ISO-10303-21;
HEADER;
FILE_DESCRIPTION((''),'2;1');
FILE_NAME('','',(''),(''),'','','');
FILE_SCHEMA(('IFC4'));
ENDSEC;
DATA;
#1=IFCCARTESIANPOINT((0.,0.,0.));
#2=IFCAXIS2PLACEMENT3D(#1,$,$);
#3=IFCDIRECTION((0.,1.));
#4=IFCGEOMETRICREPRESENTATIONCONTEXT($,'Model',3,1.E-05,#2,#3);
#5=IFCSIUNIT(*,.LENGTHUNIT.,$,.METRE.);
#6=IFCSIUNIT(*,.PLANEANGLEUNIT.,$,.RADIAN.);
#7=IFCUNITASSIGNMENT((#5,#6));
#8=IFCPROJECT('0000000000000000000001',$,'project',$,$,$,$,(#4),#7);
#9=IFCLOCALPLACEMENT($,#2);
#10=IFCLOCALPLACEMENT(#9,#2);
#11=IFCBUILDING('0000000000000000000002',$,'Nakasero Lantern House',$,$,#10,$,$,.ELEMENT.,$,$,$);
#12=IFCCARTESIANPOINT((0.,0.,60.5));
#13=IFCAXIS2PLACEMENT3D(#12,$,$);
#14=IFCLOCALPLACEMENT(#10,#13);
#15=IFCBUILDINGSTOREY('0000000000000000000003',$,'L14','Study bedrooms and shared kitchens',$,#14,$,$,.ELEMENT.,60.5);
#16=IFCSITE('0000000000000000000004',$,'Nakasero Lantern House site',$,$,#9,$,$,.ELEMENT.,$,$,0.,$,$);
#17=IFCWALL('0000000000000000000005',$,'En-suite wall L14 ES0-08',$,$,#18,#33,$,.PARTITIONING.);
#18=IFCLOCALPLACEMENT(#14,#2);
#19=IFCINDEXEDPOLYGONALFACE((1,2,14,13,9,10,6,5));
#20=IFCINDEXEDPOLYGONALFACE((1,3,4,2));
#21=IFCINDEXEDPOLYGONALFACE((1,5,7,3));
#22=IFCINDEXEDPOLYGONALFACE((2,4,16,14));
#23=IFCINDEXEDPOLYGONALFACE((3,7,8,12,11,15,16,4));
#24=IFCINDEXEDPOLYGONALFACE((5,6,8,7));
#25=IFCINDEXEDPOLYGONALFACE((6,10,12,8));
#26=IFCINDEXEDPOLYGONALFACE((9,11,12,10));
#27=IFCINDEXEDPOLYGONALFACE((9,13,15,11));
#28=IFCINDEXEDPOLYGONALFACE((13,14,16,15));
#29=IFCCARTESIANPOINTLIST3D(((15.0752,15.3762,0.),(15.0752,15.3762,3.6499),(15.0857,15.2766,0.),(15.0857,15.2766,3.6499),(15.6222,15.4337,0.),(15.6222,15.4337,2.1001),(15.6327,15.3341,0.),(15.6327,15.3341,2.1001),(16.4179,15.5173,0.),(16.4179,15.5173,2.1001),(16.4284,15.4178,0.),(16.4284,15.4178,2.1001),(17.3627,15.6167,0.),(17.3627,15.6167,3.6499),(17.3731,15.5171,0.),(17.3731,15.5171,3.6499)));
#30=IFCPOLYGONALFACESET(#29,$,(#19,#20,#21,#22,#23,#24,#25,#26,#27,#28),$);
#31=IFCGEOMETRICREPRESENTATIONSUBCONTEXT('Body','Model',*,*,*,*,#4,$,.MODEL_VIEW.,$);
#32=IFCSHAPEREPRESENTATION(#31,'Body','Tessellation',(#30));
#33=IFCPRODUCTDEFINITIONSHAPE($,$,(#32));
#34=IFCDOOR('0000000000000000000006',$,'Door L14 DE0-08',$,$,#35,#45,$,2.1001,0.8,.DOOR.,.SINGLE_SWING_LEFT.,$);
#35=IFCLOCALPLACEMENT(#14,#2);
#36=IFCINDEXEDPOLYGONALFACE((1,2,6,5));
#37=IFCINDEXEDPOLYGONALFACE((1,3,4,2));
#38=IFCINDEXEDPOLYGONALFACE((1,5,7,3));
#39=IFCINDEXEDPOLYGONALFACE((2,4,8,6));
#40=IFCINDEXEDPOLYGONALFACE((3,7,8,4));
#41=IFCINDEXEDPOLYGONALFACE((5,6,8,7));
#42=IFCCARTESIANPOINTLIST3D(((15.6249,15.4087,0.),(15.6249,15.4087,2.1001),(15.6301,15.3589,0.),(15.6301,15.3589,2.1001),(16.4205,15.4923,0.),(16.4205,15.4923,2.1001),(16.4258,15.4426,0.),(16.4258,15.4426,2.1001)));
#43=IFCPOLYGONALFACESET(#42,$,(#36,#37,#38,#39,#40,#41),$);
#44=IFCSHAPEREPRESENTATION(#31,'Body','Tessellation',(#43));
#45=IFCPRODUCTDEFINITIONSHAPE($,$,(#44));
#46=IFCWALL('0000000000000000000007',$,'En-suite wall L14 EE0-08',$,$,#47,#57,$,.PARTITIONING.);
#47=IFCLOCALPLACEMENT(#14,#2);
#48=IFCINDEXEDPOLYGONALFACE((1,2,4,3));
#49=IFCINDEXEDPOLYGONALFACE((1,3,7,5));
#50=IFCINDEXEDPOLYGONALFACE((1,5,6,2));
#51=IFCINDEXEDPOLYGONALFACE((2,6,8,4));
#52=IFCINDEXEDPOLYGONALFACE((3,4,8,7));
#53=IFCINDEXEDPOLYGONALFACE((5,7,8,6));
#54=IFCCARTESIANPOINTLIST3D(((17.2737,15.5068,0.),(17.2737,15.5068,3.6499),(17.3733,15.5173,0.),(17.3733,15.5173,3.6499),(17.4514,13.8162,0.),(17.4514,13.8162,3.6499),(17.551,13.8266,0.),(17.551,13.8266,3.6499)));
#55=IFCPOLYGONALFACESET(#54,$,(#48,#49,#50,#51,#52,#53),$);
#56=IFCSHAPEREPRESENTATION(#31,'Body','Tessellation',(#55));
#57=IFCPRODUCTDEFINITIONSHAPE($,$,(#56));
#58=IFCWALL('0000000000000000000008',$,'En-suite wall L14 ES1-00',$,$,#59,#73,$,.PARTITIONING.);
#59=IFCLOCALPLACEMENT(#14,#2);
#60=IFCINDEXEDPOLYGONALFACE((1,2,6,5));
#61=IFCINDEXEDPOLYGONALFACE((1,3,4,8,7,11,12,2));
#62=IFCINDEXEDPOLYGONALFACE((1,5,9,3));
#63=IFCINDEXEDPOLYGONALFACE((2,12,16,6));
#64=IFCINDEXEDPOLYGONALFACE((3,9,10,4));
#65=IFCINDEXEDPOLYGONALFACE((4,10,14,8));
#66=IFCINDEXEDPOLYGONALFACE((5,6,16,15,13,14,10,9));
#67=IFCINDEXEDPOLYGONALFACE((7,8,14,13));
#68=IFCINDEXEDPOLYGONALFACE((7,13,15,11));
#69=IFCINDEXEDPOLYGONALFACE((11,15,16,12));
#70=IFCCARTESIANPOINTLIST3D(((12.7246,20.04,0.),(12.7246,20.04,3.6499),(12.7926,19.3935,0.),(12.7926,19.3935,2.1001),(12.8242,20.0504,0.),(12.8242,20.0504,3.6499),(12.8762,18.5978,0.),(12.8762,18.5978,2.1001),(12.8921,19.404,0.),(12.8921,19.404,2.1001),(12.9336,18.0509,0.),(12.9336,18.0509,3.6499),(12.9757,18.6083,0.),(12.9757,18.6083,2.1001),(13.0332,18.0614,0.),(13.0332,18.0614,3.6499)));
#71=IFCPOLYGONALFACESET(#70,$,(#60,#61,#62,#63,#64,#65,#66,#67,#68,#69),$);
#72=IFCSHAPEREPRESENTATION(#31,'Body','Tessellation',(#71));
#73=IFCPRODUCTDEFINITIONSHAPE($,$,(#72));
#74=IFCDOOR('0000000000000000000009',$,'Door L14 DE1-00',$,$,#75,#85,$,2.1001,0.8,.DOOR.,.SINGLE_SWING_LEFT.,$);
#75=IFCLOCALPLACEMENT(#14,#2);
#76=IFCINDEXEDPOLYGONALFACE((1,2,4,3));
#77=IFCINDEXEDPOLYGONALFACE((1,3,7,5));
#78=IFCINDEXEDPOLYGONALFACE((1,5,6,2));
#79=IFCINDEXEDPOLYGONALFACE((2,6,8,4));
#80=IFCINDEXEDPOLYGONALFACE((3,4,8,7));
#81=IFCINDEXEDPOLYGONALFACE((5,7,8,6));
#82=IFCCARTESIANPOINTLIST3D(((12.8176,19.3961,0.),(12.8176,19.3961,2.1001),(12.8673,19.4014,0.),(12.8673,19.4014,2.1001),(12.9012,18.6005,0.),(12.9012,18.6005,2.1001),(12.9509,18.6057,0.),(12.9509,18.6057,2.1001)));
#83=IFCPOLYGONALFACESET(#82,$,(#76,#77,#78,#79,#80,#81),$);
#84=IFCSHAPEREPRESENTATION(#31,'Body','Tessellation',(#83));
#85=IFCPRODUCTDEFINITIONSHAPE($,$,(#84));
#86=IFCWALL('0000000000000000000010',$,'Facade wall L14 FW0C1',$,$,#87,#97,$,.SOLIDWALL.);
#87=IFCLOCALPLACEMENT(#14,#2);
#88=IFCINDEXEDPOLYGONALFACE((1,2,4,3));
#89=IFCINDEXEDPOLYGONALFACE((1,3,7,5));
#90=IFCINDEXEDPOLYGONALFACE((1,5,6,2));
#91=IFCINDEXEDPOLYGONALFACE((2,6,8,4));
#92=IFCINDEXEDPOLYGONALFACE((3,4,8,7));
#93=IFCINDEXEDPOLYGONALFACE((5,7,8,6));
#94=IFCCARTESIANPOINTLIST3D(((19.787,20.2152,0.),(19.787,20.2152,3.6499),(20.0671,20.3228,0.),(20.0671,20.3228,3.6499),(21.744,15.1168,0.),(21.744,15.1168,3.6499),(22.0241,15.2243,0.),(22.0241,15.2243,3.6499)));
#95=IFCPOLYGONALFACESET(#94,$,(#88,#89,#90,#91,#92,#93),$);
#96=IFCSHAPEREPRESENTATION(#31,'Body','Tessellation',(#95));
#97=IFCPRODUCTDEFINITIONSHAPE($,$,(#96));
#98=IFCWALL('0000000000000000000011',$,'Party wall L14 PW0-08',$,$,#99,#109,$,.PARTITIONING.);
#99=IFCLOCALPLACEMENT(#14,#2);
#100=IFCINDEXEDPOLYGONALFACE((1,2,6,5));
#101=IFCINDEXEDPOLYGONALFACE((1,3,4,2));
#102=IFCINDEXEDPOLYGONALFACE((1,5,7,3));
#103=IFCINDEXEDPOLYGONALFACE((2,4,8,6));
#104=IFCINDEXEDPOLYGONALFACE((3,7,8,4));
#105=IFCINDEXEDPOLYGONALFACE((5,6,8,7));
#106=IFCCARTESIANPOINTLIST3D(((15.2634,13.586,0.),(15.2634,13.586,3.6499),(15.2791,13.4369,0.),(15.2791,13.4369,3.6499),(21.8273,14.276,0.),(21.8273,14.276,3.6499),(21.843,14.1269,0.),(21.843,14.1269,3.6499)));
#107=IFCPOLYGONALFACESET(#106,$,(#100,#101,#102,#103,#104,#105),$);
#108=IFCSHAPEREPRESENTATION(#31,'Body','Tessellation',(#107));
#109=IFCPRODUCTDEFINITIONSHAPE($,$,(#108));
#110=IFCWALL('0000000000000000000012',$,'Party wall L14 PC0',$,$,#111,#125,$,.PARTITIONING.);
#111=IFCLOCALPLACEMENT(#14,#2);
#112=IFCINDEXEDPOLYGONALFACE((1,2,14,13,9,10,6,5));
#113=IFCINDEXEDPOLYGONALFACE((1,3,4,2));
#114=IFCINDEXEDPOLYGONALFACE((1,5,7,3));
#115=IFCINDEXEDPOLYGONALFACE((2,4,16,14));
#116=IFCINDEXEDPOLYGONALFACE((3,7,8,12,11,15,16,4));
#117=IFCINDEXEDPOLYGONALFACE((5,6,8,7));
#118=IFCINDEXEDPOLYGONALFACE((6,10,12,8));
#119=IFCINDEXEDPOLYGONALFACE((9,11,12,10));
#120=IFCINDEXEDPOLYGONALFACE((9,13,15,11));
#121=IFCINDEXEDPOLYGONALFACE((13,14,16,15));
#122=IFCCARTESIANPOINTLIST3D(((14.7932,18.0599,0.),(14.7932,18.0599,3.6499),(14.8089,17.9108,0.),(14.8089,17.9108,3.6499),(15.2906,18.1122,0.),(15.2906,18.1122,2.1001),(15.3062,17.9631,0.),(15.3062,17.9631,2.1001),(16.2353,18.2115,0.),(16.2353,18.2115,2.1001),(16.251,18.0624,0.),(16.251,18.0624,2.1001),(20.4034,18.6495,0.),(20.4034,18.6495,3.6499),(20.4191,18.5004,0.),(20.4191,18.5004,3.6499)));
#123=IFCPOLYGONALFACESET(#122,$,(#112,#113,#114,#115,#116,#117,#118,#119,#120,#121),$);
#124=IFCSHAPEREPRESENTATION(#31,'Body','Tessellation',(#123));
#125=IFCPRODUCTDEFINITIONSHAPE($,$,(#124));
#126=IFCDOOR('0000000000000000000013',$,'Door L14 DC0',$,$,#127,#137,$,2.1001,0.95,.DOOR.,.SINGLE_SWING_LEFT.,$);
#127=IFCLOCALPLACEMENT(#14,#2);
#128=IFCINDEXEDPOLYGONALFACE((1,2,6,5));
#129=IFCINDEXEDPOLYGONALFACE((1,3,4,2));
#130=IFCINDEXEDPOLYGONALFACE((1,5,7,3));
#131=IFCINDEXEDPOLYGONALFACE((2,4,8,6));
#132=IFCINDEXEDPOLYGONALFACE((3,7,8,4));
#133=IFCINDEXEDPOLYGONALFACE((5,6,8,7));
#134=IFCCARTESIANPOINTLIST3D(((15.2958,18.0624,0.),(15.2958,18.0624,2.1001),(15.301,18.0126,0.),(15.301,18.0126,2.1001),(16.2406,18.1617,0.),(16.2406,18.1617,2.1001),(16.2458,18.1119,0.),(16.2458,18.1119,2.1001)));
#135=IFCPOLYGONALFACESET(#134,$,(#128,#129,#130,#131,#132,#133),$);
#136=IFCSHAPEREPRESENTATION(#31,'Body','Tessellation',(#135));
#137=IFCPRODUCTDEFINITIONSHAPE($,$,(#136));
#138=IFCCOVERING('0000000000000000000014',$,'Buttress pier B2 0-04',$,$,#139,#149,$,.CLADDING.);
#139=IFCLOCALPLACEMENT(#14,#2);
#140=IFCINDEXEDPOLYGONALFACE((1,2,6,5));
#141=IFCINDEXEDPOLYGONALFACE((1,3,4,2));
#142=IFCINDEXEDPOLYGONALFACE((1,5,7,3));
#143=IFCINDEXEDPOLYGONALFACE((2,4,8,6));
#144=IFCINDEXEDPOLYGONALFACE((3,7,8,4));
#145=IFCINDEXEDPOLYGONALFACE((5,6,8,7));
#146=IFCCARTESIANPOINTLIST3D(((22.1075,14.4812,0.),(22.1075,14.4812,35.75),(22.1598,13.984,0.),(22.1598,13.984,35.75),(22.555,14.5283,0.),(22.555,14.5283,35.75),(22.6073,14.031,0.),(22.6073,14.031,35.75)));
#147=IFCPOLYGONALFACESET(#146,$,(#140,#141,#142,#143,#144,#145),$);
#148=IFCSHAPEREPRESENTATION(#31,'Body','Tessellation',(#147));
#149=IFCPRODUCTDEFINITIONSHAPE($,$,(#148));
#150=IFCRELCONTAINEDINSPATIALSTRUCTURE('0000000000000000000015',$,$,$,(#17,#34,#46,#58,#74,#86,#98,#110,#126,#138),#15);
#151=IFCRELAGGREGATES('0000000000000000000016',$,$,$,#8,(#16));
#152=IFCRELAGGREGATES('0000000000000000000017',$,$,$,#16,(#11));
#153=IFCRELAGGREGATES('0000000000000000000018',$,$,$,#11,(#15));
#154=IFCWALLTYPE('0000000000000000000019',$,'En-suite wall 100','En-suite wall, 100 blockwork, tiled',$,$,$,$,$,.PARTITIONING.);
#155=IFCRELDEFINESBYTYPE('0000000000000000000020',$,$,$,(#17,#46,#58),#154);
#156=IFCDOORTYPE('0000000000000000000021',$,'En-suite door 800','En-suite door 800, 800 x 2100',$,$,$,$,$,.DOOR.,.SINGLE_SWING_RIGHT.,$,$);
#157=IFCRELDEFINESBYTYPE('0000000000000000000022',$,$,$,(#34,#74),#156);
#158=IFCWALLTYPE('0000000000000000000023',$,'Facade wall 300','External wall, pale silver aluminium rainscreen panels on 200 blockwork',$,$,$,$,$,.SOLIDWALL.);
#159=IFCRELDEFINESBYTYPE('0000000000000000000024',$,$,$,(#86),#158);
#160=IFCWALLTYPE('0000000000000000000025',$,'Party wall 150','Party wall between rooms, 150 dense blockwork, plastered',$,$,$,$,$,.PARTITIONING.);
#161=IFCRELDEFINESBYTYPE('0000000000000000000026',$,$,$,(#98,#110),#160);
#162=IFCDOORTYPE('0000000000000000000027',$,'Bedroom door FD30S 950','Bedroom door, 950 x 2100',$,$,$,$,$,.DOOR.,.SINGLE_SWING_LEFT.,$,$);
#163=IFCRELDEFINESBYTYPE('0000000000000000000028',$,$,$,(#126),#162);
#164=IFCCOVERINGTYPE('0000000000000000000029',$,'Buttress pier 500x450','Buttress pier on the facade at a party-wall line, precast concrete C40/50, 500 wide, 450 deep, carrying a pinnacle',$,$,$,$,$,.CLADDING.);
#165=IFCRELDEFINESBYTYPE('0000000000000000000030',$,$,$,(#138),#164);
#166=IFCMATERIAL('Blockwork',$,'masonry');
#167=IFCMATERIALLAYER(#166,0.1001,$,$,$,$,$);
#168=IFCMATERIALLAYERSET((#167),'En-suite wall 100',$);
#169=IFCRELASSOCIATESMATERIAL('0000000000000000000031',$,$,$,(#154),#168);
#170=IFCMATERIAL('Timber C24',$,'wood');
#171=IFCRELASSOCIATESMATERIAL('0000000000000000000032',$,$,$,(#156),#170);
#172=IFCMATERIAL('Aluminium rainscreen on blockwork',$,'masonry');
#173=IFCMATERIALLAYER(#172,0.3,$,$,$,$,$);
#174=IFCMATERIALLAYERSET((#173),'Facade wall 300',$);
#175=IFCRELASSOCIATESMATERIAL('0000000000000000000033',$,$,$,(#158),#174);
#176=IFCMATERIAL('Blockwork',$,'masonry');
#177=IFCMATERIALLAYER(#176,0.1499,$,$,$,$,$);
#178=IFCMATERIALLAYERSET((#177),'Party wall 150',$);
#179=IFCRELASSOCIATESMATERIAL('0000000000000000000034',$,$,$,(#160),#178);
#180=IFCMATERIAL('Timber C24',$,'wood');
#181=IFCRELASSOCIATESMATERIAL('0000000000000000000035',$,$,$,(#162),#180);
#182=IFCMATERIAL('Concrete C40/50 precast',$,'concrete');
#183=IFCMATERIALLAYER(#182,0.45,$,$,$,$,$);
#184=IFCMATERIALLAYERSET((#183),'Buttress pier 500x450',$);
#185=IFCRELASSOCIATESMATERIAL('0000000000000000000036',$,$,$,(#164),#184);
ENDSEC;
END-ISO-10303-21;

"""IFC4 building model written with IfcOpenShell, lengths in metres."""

from ifc_helpers import new_model, si_unit, direction, frame, frame_2d, origin, origin_2d, place, context, subcontext, project, spatial, rectangle, extrude, material, layer, layer_set, type_object, element, fill, save


model = new_model("IFC4")

# Units and contexts
model_context = context("Model", 3, precision=1e-05, world=origin(), true_north=direction((0.0, 1.0)))
body_context = subcontext(model_context, "Body", "Model", "MODEL_VIEW")
ifc_project = project(units=[si_unit("LENGTHUNIT", "METRE"), si_unit("PLANEANGLEUNIT", "RADIAN")], contexts=[model_context])

# Site, building, storey
site_placement = place(None, origin())
site = spatial("IfcSite", under=ifc_project, at=site_placement, Name="Nakasero Lantern House site", CompositionType="ELEMENT", RefElevation=0.0)
building_placement = place(site_placement, origin())
building = spatial("IfcBuilding", under=site, at=building_placement, Name="Nakasero Lantern House", CompositionType="ELEMENT")
storey_placement = place(building_placement, frame((0.0, 0.0, 60.5)))
storey = spatial("IfcBuildingStorey", under=building, at=storey_placement, Name="L14", Description="Study bedrooms and shared kitchens", CompositionType="ELEMENT", Elevation=60.5)

# Wall, opening, door
ifc_material_1 = material(Name="Blockwork", Category="masonry")
ifc_layer_1 = layer(ifc_material_1, 0.1001)
ifc_layer_set_1 = layer_set([ifc_layer_1], Name="En-suite wall 100")
wall_type_1 = type_object("IfcWallType", Name="En-suite wall 100", Description="En-suite wall, 100 blockwork, tiled", PredefinedType="PARTITIONING", material=ifc_layer_set_1)
wall_1_placement = place(storey_placement, frame((15.0806, 15.3264, 0.0), z_axis=(0.0, 0.0, 1.0), x_axis=(0.994519, 0.104558, 0.0)))
wall_1 = element("IfcWall", 1, at=wall_1_placement, inside=storey, type_object=wall_type_1, Name="En-suite wall L14 ES0-08", PredefinedType="PARTITIONING", context=body_context, shape_type="SweptSolid", body=[
    extrude(rectangle(XDim=2.3, YDim=0.1001, at=frame_2d((1.1499, 0.0))), origin(), (0.0, 0.0, 1.0), 3.6499),
])
opening_1_placement = place(wall_1_placement, frame((0.55, 0.0, 0.0)))
opening_1 = element("IfcOpeningElement", 2, at=opening_1_placement, cuts=wall_1, PredefinedType="OPENING", context=body_context, shape_type="SweptSolid", body=[
    extrude(rectangle(XDim=0.8, YDim=2.1001, at=frame_2d((0.3999, 1.05))), frame((0.0, 0.0701, 0.0), z_axis=(0.0, -1.0, 0.0), x_axis=(1.0, 0.0, 0.0)), (0.0, 0.0, 1.0), 0.1401),
])
ifc_material_2 = material(Name="Timber C24", Category="wood")
door_type_1 = type_object("IfcDoorType", Name="En-suite door 800", Description="En-suite door 800, 800 x 2100", OperationType="SINGLE_SWING_RIGHT", PredefinedType="DOOR", material=ifc_material_2)
door_1_placement = place(opening_1_placement, origin())
door_1 = element("IfcDoor", 3, at=door_1_placement, inside=storey, type_object=door_type_1, Name="Door L14 DE0-08", OperationType="SINGLE_SWING_LEFT", OverallHeight=2.1001, OverallWidth=0.8, PredefinedType="DOOR", context=body_context, shape_type="SweptSolid", body=[
    extrude(rectangle(XDim=0.8, YDim=2.1001, at=frame_2d((0.3999, 1.05))), frame((0.0, 0.0249, 0.0), z_axis=(0.0, -1.0, 0.0), x_axis=(1.0, 0.0, 0.0)), (0.0, 0.0, 1.0), 0.05),
])
fill(opening_1, door_1)

# Wall
wall_2_placement = place(storey_placement, frame((17.5012, 13.8213, 0.0), z_axis=(0.0, 0.0, 1.0), x_axis=(-0.10455, 0.99452, 0.0)))
element("IfcWall", 4, at=wall_2_placement, inside=storey, type_object=wall_type_1, Name="En-suite wall L14 EE0-08", PredefinedType="PARTITIONING", context=body_context, shape_type="SweptSolid", body=[
    extrude(rectangle(XDim=1.7, YDim=0.1001, at=frame_2d((0.8501, 0.0))), origin(), (0.0, 0.0, 1.0), 3.6499),
])

# Wall, opening, door
wall_3_placement = place(storey_placement, frame((12.9834, 18.0562, 0.0), z_axis=(0.0, 0.0, 1.0), x_axis=(-0.104494, 0.994526, 0.0)))
wall_3 = element("IfcWall", 5, at=wall_3_placement, inside=storey, type_object=wall_type_1, Name="En-suite wall L14 ES1-00", PredefinedType="PARTITIONING", context=body_context, shape_type="SweptSolid", body=[
    extrude(rectangle(XDim=2.0, YDim=0.1001, at=frame_2d((1.0, 0.0))), origin(), (0.0, 0.0, 1.0), 3.6499),
])
opening_2_placement = place(wall_3_placement, frame((0.55, 0.0, 0.0)))
opening_2 = element("IfcOpeningElement", 6, at=opening_2_placement, cuts=wall_3, PredefinedType="OPENING", context=body_context, shape_type="SweptSolid", body=[
    extrude(rectangle(XDim=0.8, YDim=2.1001, at=frame_2d((0.3999, 1.05))), frame((0.0, 0.0701, 0.0), z_axis=(0.0, -1.0, 0.0), x_axis=(1.0, 0.0, 0.0)), (0.0, 0.0, 1.0), 0.1401),
])
door_2_placement = place(opening_2_placement, origin())
door_2 = element("IfcDoor", 7, at=door_2_placement, inside=storey, type_object=door_type_1, Name="Door L14 DE1-00", OperationType="SINGLE_SWING_LEFT", OverallHeight=2.1001, OverallWidth=0.8, PredefinedType="DOOR", context=body_context, shape_type="SweptSolid", body=[
    extrude(rectangle(XDim=0.8, YDim=2.1001, at=frame_2d((0.3999, 1.05))), frame((0.0, 0.0249, 0.0), z_axis=(0.0, -1.0, 0.0), x_axis=(1.0, 0.0, 0.0)), (0.0, 0.0, 1.0), 0.05),
])
fill(opening_2, door_2)

# Walls
ifc_material_3 = material(Name="Aluminium rainscreen on blockwork", Category="masonry")
ifc_layer_2 = layer(ifc_material_3, 0.3)
ifc_layer_set_2 = layer_set([ifc_layer_2], Name="Facade wall 300")
wall_type_2 = type_object("IfcWallType", Name="Facade wall 300", Description="External wall, pale silver aluminium rainscreen panels on 200 blockwork", PredefinedType="SOLIDWALL", material=ifc_layer_set_2)
wall_4_placement = place(storey_placement, frame((21.884, 15.1707, 0.0), z_axis=(0.0, 0.0, 1.0), x_axis=(-0.358359, 0.933584, 0.0)))
element("IfcWall", 8, at=wall_4_placement, inside=storey, type_object=wall_type_2, Name="Facade wall L14 FW0C1", PredefinedType="SOLIDWALL", context=body_context, shape_type="SweptSolid", body=[
    extrude(rectangle(XDim=5.4612, YDim=0.3, at=frame_2d((2.7305, 0.0))), origin(), (0.0, 0.0, 1.0), 3.6499),
])
ifc_material_4 = material(Name="Blockwork", Category="masonry")
ifc_layer_3 = layer(ifc_material_4, 0.1499)
ifc_layer_set_3 = layer_set([ifc_layer_3], Name="Party wall 150")
wall_type_3 = type_object("IfcWallType", Name="Party wall 150", Description="Party wall between rooms, 150 dense blockwork, plastered", PredefinedType="PARTITIONING", material=ifc_layer_set_3)
wall_5_placement = place(storey_placement, frame((15.2712, 13.5115, 0.0), z_axis=(0.0, 0.0, 1.0), x_axis=(0.994521, 0.104535, 0.0)))
element("IfcWall", 9, at=wall_5_placement, inside=storey, type_object=wall_type_3, Name="Party wall L14 PW0-08", PredefinedType="PARTITIONING", context=body_context, shape_type="SweptSolid", body=[
    extrude(rectangle(XDim=6.6001, YDim=0.1499, at=frame_2d((3.3, 0.0))), origin(), (0.0, 0.0, 1.0), 3.6499),
])

# Wall, opening, door
wall_6_placement = place(storey_placement, frame((14.801, 17.9854, 0.0), z_axis=(0.0, 0.0, 1.0), x_axis=(0.994523, 0.10452, 0.0)))
wall_6 = element("IfcWall", 10, at=wall_6_placement, inside=storey, type_object=wall_type_3, Name="Party wall L14 PC0", PredefinedType="PARTITIONING", context=body_context, shape_type="SweptSolid", body=[
    extrude(rectangle(XDim=5.6411, YDim=0.1499, at=frame_2d((2.8206, 0.0))), origin(), (0.0, 0.0, 1.0), 3.6499),
])
opening_3_placement = place(wall_6_placement, frame((0.5, 0.0, 0.0)))
opening_3 = element("IfcOpeningElement", 11, at=opening_3_placement, cuts=wall_6, PredefinedType="OPENING", context=body_context, shape_type="SweptSolid", body=[
    extrude(rectangle(XDim=0.95, YDim=2.1001, at=frame_2d((0.4751, 1.05))), frame((0.0, 0.095, 0.0), z_axis=(0.0, -1.0, 0.0), x_axis=(1.0, 0.0, 0.0)), (0.0, 0.0, 1.0), 0.1899),
])
ifc_material_5 = material(Name="Timber C24", Category="wood")
door_type_2 = type_object("IfcDoorType", Name="Bedroom door FD30S 950", Description="Bedroom door, 950 x 2100", OperationType="SINGLE_SWING_LEFT", PredefinedType="DOOR", material=ifc_material_5)
door_3_placement = place(opening_3_placement, origin())
door_3 = element("IfcDoor", 12, at=door_3_placement, inside=storey, type_object=door_type_2, Name="Door L14 DC0", OperationType="SINGLE_SWING_LEFT", OverallHeight=2.1001, OverallWidth=0.95, PredefinedType="DOOR", context=body_context, shape_type="SweptSolid", body=[
    extrude(rectangle(XDim=0.95, YDim=2.1001, at=frame_2d((0.4751, 1.05))), frame((0.0, 0.0249, 0.0), z_axis=(0.0, -1.0, 0.0), x_axis=(1.0, 0.0, 0.0)), (0.0, 0.0, 1.0), 0.05),
])
fill(opening_3, door_3)

# Covering
ifc_material_6 = material(Name="Concrete C40/50 precast", Category="concrete")
ifc_layer_4 = layer(ifc_material_6, 0.45)
ifc_layer_set_4 = layer_set([ifc_layer_4], Name="Buttress pier 500x450")
covering_type = type_object("IfcCoveringType", Name="Buttress pier 500x450", Description="Buttress pier on the facade at a party-wall line, precast concrete C40/50, 500 wide, 450 deep, carrying a pinnacle", PredefinedType="CLADDING", material=ifc_layer_set_4)
covering_placement = place(storey_placement, frame((22.3574, 14.2561, 0.0), z_axis=(0.0, 0.0, 1.0), x_axis=(0.994522, 0.104528, 0.0)))
element("IfcCovering", 13, at=covering_placement, inside=storey, type_object=covering_type, Name="Buttress pier B2 0-04", PredefinedType="CLADDING", context=body_context, shape_type="SweptSolid", body=[
    extrude(rectangle(XDim=0.45, YDim=0.5, at=origin_2d()), origin(), (0.0, 0.0, 1.0), 35.75),
])

save(model, "model.ifc")
